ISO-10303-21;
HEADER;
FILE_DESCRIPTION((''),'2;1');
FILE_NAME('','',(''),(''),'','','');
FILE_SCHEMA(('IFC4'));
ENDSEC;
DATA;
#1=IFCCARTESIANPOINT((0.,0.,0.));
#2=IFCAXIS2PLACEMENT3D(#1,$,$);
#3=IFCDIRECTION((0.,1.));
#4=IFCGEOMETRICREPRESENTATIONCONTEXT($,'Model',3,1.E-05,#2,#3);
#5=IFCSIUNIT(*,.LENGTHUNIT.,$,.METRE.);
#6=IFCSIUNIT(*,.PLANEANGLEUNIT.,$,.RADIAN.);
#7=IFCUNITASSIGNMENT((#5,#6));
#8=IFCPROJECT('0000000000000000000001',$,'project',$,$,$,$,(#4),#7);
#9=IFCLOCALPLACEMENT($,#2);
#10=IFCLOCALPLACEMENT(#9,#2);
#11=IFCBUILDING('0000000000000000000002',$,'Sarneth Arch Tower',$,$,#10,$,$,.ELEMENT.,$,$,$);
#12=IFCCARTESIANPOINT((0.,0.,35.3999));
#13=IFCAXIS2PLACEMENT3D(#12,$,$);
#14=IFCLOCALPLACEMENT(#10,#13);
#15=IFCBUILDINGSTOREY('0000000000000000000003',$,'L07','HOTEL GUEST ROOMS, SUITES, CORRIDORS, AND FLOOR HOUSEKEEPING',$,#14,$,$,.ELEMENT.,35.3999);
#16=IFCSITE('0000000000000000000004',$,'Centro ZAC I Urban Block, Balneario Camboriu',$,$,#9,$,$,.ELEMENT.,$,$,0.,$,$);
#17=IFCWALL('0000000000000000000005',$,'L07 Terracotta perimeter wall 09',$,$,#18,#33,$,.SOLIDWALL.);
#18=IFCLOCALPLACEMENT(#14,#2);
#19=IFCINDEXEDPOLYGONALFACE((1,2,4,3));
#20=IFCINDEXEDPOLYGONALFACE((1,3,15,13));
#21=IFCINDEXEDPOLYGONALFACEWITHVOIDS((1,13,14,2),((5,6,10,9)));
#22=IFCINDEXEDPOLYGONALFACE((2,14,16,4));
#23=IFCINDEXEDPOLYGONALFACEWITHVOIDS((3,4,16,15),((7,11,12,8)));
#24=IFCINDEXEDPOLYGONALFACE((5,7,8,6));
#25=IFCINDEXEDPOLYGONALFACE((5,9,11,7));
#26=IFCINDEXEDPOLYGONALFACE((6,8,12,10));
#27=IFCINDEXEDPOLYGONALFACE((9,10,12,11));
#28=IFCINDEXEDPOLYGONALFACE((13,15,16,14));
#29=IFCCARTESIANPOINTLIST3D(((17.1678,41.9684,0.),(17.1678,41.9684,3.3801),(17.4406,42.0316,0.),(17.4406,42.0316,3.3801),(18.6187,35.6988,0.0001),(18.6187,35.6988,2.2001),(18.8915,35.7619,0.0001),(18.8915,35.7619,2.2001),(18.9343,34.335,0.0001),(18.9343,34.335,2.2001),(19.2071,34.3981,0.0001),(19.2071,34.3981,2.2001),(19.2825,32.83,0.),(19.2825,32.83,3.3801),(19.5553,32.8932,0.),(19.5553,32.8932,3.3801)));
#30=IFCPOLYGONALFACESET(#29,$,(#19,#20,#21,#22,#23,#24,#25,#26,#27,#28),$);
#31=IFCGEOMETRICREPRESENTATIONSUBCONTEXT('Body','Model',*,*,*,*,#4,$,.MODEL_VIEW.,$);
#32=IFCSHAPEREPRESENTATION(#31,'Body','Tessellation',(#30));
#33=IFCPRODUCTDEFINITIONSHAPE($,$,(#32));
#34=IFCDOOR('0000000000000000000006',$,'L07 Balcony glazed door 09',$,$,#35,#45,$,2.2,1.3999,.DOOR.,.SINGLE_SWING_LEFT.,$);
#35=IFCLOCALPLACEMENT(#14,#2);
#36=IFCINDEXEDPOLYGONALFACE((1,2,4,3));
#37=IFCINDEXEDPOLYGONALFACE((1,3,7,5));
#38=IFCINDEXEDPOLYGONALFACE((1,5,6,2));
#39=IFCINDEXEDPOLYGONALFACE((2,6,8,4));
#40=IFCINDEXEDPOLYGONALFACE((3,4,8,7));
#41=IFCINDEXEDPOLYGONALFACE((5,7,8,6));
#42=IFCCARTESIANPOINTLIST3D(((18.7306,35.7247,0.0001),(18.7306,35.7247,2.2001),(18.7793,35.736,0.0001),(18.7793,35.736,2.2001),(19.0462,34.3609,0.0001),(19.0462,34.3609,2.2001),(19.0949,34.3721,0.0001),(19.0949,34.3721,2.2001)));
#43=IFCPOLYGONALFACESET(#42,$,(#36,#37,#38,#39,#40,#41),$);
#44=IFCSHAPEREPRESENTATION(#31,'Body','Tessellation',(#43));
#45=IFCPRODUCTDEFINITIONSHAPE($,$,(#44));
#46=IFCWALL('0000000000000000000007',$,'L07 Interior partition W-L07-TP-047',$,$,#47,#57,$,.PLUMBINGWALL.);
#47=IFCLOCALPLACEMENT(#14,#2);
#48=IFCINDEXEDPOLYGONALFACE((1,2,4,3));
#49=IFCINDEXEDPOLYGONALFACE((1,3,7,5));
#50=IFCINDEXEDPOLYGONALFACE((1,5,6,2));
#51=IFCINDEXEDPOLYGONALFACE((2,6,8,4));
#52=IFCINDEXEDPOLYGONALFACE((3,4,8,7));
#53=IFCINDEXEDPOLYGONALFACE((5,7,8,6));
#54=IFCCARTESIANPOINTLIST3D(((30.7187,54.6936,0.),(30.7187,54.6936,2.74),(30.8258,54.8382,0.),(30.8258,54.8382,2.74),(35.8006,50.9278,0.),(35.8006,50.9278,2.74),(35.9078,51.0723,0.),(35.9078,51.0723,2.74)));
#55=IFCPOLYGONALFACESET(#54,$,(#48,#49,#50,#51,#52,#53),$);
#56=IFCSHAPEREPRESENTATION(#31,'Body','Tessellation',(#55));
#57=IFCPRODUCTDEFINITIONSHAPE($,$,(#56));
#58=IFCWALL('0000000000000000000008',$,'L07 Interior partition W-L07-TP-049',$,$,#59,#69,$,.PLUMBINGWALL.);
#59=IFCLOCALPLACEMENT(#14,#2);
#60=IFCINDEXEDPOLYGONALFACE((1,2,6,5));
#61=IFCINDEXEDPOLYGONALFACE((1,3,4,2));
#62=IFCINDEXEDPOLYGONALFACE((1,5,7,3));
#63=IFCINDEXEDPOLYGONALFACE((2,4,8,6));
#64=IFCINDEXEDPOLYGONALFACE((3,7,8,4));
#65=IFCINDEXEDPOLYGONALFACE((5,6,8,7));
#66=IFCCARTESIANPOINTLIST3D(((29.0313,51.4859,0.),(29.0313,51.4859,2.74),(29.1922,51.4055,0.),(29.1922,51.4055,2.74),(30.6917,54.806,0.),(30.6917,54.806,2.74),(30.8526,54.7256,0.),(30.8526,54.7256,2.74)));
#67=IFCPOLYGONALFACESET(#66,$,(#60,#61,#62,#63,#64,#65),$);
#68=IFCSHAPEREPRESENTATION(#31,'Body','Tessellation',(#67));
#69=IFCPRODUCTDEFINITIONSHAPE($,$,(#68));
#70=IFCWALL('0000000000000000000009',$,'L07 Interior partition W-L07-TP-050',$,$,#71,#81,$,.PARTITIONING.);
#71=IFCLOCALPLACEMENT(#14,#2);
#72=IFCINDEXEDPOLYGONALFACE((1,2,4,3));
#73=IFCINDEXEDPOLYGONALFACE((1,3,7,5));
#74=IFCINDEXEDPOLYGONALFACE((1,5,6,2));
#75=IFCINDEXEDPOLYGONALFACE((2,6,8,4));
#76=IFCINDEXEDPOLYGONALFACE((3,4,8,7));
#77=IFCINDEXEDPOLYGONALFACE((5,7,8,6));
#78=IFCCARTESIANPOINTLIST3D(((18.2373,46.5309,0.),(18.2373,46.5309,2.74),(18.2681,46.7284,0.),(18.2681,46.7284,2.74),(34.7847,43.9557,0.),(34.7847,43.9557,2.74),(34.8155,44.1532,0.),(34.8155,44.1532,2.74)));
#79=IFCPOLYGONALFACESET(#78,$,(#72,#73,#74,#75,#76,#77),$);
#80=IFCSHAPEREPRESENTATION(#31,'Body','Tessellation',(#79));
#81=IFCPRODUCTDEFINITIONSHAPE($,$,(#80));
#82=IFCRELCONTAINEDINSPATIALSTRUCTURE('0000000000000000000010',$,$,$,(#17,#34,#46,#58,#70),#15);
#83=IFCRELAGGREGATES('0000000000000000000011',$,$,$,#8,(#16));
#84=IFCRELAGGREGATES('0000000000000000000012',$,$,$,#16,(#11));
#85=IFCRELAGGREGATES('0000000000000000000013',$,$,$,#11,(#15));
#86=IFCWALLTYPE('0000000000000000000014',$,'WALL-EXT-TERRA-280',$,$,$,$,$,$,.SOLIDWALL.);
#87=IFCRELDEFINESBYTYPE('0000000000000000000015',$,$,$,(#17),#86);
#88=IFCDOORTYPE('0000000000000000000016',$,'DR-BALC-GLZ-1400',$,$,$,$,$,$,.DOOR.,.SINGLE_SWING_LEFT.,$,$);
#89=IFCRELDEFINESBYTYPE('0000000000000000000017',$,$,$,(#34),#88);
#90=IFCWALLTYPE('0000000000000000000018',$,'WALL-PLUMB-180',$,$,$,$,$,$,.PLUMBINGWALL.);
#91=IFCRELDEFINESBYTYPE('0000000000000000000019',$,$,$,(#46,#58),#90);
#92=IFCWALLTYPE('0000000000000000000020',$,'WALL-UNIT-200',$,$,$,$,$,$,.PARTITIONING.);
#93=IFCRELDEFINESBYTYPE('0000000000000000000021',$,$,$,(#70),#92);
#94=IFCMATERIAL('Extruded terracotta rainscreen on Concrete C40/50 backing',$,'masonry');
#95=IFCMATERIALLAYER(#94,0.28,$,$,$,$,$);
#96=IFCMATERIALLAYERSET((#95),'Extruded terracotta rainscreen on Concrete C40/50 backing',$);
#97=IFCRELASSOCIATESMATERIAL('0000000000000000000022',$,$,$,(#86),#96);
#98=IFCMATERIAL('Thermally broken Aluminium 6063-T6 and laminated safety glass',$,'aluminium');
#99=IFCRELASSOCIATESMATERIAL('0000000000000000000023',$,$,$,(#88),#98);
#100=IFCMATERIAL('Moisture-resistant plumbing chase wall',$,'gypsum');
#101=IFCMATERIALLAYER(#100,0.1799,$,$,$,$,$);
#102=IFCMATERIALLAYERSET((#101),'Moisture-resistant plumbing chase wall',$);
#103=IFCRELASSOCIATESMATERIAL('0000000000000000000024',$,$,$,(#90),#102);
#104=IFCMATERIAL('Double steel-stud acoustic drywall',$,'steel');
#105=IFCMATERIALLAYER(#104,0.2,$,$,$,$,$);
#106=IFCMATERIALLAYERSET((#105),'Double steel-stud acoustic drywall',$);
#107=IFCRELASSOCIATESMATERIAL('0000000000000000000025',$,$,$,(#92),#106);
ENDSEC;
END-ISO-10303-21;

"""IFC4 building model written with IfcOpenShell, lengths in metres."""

from ifc_helpers import new_model, si_unit, direction, frame, frame_2d, origin, place, context, subcontext, project, spatial, rectangle, extrude, material, layer, layer_set, type_object, element, fill, save


model = new_model("IFC4")

# Units and contexts
model_context = context("Model", 3, precision=1e-05, world=origin(), true_north=direction((0.0, 1.0)))
body_context = subcontext(model_context, "Body", "Model", "MODEL_VIEW")
ifc_project = project(units=[si_unit("LENGTHUNIT", "METRE"), si_unit("PLANEANGLEUNIT", "RADIAN")], contexts=[model_context])

# Site, building, storey
site_placement = place(None, origin())
site = spatial("IfcSite", under=ifc_project, at=site_placement, Name="Centro ZAC I Urban Block, Balneario Camboriu", CompositionType="ELEMENT", RefElevation=0.0)
building_placement = place(site_placement, origin())
building = spatial("IfcBuilding", under=site, at=building_placement, Name="Sarneth Arch Tower", CompositionType="ELEMENT")
storey_placement = place(building_placement, frame((0.0, 0.0, 35.3999)))
storey = spatial("IfcBuildingStorey", under=building, at=storey_placement, Name="L07", Description="HOTEL GUEST ROOMS, SUITES, CORRIDORS, AND FLOOR HOUSEKEEPING", CompositionType="ELEMENT", Elevation=35.3999)

# Wall, opening, door
ifc_material_1 = material(Name="Extruded terracotta rainscreen on Concrete C40/50 backing", Category="masonry")
ifc_layer_1 = layer(ifc_material_1, 0.28)
ifc_layer_set_1 = layer_set([ifc_layer_1], Name="Extruded terracotta rainscreen on Concrete C40/50 backing")
wall_type_1 = type_object("IfcWallType", Name="WALL-EXT-TERRA-280", PredefinedType="SOLIDWALL", material=ifc_layer_set_1)
wall_1_placement = place(storey_placement, frame((17.3042, 42.0, 0.0), z_axis=(0.0, 0.0, 1.0), x_axis=(0.225454, -0.974254, 0.0)))
wall_1 = element("IfcWall", 1, at=wall_1_placement, inside=storey, type_object=wall_type_1, Name="L07 Terracotta perimeter wall 09", PredefinedType="SOLIDWALL", context=body_context, shape_type="SweptSolid", body=[
    extrude(rectangle(XDim=9.3799, YDim=0.28, at=frame_2d((4.6899, 0.0))), origin(), (0.0, 0.0, 1.0), 3.3801),
])
opening_placement = place(wall_1_placement, frame((6.4353, 0.0, 0.0)))
opening = element("IfcOpeningElement", 2, at=opening_placement, cuts=wall_1, PredefinedType="OPENING", context=body_context, shape_type="SweptSolid", body=[
    extrude(rectangle(XDim=1.3999, YDim=2.2, at=frame_2d((0.7, 1.1001))), frame((0.0, 0.1499, 0.0), z_axis=(0.0, -1.0, 0.0), x_axis=(1.0, 0.0, 0.0)), (0.0, 0.0, 1.0), 0.3),
])
ifc_material_2 = material(Name="Thermally broken Aluminium 6063-T6 and laminated safety glass", Category="aluminium")
door_type = type_object("IfcDoorType", Name="DR-BALC-GLZ-1400", OperationType="SINGLE_SWING_LEFT", PredefinedType="DOOR", material=ifc_material_2)
door_placement = place(opening_placement, origin())
door = element("IfcDoor", 3, at=door_placement, inside=storey, type_object=door_type, Name="L07 Balcony glazed door 09", OperationType="SINGLE_SWING_LEFT", OverallHeight=2.2, OverallWidth=1.3999, PredefinedType="DOOR", context=body_context, shape_type="SweptSolid", body=[
    extrude(rectangle(XDim=1.3999, YDim=2.2, at=frame_2d((0.7, 1.1001))), frame((0.0, 0.0249, 0.0), z_axis=(0.0, -1.0, 0.0), x_axis=(1.0, 0.0, 0.0)), (0.0, 0.0, 1.0), 0.05),
])
fill(opening, door)

# Walls
ifc_material_3 = material(Name="Moisture-resistant plumbing chase wall", Category="gypsum")
ifc_layer_2 = layer(ifc_material_3, 0.1799)
ifc_layer_set_2 = layer_set([ifc_layer_2], Name="Moisture-resistant plumbing chase wall")
wall_type_2 = type_object("IfcWallType", Name="WALL-PLUMB-180", PredefinedType="PLUMBINGWALL", material=ifc_layer_set_2)
wall_2_placement = place(storey_placement, frame((30.7722, 54.7659, 0.0), z_axis=(0.0, 0.0, 1.0), x_axis=(0.803451, -0.595371, 0.0)))
element("IfcWall", 4, at=wall_2_placement, inside=storey, type_object=wall_type_2, Name="L07 Interior partition W-L07-TP-047", PredefinedType="PLUMBINGWALL", context=body_context, shape_type="SweptSolid", body=[
    extrude(rectangle(XDim=6.3252, YDim=0.1799, at=frame_2d((3.1626, 0.0))), origin(), (0.0, 0.0, 1.0), 2.74),
])
wall_3_placement = place(storey_placement, frame((29.1118, 51.4458, 0.0), z_axis=(0.0, 0.0, 1.0), x_axis=(0.447293, 0.894388, 0.0)))
element("IfcWall", 5, at=wall_3_placement, inside=storey, type_object=wall_type_2, Name="L07 Interior partition W-L07-TP-049", PredefinedType="PLUMBINGWALL", context=body_context, shape_type="SweptSolid", body=[
    extrude(rectangle(XDim=3.7122, YDim=0.1799, at=frame_2d((1.856, 0.0))), origin(), (0.0, 0.0, 1.0), 2.74),
])
ifc_material_4 = material(Name="Double steel-stud acoustic drywall", Category="steel")
ifc_layer_3 = layer(ifc_material_4, 0.2)
ifc_layer_set_3 = layer_set([ifc_layer_3], Name="Double steel-stud acoustic drywall")
wall_type_3 = type_object("IfcWallType", Name="WALL-UNIT-200", PredefinedType="PARTITIONING", material=ifc_layer_set_3)
wall_4_placement = place(storey_placement, frame((18.2527, 46.6296, 0.0), z_axis=(0.0, 0.0, 1.0), x_axis=(0.988106, -0.153775, 0.0)))
element("IfcWall", 6, at=wall_4_placement, inside=storey, type_object=wall_type_3, Name="L07 Interior partition W-L07-TP-050", PredefinedType="PARTITIONING", context=body_context, shape_type="SweptSolid", body=[
    extrude(rectangle(XDim=16.7466, YDim=0.2, at=frame_2d((8.3733, 0.0))), origin(), (0.0, 0.0, 1.0), 2.74),
])

save(model, "model.ifc")
